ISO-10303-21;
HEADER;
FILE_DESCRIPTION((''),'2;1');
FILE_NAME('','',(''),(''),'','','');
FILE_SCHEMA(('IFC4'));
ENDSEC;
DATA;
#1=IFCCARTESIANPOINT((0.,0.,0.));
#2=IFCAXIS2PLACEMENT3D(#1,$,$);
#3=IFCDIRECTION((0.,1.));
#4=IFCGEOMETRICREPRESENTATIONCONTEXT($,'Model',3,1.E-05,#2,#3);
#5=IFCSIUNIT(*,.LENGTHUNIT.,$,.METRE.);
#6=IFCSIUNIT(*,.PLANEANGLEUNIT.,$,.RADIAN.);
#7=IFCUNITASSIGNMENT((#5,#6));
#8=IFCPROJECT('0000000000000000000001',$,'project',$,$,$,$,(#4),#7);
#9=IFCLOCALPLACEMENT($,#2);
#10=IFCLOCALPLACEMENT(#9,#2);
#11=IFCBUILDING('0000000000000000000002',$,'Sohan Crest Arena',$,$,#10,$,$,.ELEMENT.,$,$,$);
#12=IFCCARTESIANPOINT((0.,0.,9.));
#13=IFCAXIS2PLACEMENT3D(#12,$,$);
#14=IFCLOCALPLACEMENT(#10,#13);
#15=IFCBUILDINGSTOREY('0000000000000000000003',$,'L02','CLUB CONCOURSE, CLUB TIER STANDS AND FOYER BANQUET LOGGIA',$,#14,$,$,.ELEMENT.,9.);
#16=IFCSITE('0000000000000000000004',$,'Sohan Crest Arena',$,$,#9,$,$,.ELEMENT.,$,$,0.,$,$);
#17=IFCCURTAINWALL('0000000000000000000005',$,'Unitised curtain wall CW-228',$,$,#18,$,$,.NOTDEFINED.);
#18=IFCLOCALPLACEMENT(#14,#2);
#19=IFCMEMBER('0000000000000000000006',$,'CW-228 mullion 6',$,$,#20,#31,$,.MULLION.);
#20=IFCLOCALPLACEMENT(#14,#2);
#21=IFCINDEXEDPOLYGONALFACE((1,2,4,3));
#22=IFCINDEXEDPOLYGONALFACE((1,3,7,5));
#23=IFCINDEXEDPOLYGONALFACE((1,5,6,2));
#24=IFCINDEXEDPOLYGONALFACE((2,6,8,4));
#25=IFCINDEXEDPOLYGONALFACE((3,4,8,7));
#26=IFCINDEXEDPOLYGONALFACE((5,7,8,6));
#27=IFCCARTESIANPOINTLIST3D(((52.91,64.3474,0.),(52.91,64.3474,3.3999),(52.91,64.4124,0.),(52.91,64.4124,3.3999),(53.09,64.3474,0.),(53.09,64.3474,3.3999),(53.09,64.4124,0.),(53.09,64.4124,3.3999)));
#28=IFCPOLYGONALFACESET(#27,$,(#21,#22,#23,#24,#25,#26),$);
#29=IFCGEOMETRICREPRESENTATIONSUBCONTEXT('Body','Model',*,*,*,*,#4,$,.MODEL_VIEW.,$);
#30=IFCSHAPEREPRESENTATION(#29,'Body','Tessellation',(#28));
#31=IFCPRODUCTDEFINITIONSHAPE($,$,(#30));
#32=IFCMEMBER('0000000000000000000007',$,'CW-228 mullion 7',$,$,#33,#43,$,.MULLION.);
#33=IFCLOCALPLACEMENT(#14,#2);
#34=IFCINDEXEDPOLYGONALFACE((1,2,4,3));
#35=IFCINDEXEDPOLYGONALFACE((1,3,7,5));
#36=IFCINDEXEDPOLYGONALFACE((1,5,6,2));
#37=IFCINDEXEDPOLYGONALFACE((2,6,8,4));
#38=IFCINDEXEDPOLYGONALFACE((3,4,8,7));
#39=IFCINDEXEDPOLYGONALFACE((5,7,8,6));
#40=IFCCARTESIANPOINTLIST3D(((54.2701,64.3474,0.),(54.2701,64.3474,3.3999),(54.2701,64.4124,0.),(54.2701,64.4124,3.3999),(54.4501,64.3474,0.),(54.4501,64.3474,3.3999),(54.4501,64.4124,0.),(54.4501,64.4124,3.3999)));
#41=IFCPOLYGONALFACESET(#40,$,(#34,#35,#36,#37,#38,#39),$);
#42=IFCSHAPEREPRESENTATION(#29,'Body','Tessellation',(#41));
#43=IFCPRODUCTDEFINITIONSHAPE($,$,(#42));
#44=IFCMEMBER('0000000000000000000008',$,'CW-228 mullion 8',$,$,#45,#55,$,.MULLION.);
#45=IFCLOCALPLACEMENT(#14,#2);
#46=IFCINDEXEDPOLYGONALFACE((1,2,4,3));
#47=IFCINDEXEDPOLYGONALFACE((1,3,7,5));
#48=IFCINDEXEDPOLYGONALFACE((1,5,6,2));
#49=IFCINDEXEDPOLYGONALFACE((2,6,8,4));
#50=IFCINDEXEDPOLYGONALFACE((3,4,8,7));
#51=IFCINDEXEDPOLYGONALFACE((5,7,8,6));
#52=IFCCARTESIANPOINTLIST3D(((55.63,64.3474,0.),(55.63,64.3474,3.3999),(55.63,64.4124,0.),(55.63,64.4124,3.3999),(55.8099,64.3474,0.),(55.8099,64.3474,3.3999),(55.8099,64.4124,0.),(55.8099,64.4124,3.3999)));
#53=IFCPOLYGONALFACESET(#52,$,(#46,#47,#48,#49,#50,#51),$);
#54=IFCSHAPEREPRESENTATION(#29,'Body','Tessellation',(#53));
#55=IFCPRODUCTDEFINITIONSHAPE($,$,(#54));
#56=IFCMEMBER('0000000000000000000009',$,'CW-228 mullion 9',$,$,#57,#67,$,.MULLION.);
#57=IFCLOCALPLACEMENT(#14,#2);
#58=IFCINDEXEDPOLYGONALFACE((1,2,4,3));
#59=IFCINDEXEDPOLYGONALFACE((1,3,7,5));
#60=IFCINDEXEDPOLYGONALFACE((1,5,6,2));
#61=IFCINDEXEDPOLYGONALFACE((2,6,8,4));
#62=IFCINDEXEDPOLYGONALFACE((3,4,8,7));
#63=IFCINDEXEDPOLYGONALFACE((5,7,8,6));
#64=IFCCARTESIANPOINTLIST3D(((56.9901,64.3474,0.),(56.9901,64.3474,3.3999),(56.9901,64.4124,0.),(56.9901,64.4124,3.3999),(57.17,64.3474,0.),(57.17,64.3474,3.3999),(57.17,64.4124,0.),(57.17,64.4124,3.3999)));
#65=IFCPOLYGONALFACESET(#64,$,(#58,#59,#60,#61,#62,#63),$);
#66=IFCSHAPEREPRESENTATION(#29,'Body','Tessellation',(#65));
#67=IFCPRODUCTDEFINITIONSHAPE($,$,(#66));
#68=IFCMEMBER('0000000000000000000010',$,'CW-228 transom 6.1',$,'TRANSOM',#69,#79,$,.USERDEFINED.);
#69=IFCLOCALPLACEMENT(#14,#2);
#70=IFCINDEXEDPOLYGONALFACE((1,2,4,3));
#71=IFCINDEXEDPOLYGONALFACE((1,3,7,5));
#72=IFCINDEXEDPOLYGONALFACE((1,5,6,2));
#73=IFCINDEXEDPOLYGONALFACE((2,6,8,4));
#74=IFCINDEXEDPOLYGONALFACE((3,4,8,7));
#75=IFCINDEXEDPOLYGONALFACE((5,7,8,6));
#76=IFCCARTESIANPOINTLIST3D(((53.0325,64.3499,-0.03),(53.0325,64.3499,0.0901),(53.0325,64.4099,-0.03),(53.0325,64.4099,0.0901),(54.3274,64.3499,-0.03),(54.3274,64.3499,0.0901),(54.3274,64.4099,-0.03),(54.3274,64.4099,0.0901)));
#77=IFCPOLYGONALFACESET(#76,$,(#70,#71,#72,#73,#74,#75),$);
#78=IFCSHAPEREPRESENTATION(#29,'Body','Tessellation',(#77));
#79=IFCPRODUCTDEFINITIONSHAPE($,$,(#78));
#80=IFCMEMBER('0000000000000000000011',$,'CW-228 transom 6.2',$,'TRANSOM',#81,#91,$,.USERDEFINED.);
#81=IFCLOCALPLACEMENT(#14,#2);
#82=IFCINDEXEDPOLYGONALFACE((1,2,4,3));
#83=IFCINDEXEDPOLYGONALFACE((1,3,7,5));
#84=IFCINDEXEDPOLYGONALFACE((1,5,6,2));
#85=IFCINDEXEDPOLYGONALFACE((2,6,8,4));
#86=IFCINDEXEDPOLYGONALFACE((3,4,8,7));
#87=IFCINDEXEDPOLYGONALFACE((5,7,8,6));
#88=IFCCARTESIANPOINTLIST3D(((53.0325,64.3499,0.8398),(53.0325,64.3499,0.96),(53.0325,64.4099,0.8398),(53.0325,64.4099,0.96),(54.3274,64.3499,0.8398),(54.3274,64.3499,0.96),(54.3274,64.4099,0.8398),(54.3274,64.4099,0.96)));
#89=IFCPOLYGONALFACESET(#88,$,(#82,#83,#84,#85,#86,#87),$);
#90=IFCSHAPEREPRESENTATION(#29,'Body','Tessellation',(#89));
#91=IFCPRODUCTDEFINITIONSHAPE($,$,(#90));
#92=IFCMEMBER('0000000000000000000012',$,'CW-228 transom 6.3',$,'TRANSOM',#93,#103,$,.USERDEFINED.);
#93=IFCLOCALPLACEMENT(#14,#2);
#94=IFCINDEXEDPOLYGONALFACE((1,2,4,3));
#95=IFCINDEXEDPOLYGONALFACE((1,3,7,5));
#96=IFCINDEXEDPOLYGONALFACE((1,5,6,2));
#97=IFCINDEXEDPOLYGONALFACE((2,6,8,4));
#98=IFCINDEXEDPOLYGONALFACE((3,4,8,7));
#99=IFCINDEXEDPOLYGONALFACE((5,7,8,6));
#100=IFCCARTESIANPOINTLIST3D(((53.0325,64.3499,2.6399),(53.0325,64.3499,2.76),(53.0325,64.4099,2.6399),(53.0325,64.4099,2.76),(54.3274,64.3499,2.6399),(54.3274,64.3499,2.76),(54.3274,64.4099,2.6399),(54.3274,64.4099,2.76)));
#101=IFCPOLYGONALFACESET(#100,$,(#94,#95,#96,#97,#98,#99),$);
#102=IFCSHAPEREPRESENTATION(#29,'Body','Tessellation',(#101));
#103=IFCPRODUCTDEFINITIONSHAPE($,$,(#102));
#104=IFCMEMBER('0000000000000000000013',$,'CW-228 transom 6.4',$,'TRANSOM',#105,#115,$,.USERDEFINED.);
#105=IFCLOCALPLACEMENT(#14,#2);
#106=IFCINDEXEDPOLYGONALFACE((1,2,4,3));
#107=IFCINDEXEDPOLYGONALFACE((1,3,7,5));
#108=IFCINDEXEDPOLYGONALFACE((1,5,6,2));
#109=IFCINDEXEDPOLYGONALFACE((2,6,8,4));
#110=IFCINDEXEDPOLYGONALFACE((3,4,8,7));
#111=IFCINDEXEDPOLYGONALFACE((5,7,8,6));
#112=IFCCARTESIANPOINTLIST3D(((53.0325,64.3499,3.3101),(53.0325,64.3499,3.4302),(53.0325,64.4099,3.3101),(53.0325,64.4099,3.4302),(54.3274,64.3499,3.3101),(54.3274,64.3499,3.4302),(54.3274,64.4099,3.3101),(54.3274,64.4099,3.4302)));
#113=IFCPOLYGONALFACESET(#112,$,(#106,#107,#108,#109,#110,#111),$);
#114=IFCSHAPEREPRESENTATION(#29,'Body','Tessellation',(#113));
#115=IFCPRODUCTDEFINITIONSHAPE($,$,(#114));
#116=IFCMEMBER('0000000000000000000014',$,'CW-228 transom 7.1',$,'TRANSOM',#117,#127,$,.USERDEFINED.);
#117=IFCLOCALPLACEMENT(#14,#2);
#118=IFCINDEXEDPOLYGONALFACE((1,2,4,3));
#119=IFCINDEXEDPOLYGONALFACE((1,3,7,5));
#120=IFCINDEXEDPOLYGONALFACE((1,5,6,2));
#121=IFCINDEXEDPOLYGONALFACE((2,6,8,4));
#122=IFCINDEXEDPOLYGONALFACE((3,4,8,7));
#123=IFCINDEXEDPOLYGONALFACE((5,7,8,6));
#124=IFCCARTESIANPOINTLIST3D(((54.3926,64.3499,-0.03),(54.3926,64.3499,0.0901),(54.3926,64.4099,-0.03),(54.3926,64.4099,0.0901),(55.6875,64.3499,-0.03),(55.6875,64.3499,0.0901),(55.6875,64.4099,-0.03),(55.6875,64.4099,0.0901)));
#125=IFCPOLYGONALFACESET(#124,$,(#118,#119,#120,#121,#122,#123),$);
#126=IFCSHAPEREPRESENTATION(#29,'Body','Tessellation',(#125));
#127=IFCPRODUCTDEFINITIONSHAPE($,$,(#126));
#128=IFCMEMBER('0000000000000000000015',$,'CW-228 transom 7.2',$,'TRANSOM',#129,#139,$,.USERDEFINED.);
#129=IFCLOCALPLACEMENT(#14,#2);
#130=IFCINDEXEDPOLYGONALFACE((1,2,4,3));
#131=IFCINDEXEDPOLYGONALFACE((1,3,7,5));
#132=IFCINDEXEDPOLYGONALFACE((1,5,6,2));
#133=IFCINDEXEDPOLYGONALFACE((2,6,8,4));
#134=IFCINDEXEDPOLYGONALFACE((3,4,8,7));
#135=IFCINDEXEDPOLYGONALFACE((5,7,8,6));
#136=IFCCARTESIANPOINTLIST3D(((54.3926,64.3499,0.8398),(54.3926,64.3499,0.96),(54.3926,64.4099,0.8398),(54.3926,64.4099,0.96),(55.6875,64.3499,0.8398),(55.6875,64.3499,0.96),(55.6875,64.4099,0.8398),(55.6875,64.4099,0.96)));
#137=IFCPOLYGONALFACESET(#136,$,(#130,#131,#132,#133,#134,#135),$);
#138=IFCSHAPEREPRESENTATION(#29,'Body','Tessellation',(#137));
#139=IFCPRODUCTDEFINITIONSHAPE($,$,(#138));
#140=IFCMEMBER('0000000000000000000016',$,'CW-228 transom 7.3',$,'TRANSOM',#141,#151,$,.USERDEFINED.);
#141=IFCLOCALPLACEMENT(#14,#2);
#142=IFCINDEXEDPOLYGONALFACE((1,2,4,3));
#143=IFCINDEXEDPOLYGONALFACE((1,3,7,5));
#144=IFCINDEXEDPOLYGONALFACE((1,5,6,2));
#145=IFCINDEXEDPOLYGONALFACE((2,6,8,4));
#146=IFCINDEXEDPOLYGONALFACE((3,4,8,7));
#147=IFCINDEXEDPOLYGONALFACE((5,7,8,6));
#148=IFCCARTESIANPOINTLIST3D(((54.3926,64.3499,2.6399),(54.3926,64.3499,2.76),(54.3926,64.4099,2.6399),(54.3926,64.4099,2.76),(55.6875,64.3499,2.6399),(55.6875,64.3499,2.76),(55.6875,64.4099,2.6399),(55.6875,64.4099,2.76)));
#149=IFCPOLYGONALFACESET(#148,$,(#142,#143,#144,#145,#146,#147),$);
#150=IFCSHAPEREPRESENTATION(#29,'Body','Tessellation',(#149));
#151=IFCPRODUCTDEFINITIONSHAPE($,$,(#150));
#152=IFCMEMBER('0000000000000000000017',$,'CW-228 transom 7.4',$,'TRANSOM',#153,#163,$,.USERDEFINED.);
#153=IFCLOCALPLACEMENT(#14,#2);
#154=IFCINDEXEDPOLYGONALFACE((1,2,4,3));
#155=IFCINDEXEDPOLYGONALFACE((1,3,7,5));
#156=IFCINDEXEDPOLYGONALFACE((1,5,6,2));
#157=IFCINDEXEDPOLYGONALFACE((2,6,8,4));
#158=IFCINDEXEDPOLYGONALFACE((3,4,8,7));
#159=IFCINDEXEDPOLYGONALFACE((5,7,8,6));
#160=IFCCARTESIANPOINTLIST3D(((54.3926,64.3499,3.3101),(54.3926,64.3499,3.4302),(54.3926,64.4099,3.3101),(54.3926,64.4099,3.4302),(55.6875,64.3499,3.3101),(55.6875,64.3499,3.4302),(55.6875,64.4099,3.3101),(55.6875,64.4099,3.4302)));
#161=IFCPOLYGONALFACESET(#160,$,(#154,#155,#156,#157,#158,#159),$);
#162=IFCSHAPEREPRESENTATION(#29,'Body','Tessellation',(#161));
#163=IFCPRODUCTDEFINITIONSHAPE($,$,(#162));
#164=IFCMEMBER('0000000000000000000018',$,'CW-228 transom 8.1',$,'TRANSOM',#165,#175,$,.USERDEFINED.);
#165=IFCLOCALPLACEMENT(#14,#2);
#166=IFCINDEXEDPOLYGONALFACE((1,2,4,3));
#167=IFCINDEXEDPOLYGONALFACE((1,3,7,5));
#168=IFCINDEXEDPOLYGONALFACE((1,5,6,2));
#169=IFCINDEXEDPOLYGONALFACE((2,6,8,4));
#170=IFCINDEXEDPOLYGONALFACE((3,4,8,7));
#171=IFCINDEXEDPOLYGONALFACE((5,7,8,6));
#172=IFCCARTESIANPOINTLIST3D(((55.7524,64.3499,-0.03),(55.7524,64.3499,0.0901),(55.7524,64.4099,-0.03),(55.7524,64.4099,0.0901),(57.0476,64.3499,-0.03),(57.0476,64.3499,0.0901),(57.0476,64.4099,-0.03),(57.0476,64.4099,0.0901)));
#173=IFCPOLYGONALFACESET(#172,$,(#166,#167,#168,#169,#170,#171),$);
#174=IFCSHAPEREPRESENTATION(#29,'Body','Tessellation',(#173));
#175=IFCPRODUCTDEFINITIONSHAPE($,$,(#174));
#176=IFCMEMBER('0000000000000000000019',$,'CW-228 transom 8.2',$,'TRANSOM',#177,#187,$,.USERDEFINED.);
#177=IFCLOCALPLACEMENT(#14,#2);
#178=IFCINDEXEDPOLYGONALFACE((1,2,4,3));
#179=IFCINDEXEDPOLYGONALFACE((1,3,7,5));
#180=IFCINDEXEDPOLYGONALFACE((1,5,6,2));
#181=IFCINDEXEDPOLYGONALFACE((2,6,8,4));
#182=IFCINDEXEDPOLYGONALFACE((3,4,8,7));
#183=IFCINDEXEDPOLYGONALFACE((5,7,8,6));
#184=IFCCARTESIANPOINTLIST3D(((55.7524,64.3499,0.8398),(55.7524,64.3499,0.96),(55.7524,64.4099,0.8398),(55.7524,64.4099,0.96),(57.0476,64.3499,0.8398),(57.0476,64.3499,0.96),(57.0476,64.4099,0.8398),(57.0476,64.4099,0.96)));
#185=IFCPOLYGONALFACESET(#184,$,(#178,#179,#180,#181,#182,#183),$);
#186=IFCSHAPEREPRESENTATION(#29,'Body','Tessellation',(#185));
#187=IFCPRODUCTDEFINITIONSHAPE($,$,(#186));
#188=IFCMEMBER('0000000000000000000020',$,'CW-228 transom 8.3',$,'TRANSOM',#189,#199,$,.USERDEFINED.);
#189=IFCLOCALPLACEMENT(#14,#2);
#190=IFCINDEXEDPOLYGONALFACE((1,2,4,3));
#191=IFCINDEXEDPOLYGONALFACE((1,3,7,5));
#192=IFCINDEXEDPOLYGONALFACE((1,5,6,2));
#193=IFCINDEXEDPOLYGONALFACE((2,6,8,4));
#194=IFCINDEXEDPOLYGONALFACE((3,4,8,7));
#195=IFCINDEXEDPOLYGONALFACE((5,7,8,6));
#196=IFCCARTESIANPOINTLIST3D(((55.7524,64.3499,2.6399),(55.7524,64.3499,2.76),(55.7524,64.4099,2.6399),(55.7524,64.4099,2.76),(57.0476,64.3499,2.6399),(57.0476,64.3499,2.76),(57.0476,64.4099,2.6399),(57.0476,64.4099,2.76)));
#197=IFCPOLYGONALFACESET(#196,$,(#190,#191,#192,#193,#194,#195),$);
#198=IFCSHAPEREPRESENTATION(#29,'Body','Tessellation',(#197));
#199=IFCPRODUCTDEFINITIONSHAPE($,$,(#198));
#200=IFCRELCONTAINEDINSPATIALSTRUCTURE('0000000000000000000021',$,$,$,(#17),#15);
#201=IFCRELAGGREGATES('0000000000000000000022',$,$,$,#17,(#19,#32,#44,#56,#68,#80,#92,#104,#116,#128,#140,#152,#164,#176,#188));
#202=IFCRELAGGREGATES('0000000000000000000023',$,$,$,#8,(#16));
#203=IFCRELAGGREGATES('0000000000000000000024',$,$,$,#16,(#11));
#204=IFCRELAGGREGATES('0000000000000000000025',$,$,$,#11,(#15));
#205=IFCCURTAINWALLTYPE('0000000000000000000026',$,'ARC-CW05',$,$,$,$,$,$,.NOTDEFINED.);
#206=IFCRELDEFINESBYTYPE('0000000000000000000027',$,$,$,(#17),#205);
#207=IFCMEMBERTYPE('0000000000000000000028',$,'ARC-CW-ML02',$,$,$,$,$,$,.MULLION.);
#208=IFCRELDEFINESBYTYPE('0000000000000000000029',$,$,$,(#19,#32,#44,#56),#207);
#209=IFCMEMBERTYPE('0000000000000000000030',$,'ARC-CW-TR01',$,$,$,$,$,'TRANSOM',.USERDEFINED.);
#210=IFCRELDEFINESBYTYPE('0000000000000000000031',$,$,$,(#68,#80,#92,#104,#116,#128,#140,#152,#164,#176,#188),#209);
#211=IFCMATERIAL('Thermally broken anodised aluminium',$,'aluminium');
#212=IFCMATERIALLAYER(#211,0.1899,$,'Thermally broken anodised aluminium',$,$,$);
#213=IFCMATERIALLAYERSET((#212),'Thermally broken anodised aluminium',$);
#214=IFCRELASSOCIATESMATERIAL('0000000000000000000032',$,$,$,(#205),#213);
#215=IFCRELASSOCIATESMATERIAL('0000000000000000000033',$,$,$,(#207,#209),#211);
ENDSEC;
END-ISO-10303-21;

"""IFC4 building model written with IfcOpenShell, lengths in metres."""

from ifc_helpers import new_model, si_unit, direction, frame, origin, origin_2d, place, context, subcontext, project, spatial, rectangle, extrude, material, layer, layer_set, material_profile, profile_set, type_object, element, aggregate, save


model = new_model("IFC4")

# Units and contexts
model_context = context("Model", 3, precision=1e-05, world=origin(), true_north=direction((0.0, 1.0)))
body_context = subcontext(model_context, "Body", "Model", "MODEL_VIEW")
ifc_project = project(units=[si_unit("LENGTHUNIT", "METRE"), si_unit("PLANEANGLEUNIT", "RADIAN")], contexts=[model_context])

# Site, building, storey
site_placement = place(None, origin())
site = spatial("IfcSite", under=ifc_project, at=site_placement, Name="Sohan Crest Arena", CompositionType="ELEMENT", RefElevation=0.0)
building_placement = place(site_placement, origin())
building = spatial("IfcBuilding", under=site, at=building_placement, Name="Sohan Crest Arena", CompositionType="ELEMENT")
storey_placement = place(building_placement, frame((0.0, 0.0, 9.0)))
storey = spatial("IfcBuildingStorey", under=building, at=storey_placement, Name="L02", Description="CLUB CONCOURSE, CLUB TIER STANDS AND FOYER BANQUET LOGGIA", CompositionType="ELEMENT", Elevation=9.0)

# Curtain wall, members
ifc_material_1 = material(Name="Thermally broken anodised aluminium", Category="aluminium")
ifc_layer_1 = layer(ifc_material_1, 0.1899, Name="Thermally broken anodised aluminium")
ifc_layer_set_1 = layer_set([ifc_layer_1], Name="Thermally broken anodised aluminium")
curtain_wall_type = type_object("IfcCurtainWallType", Name="ARC-CW05", PredefinedType="NOTDEFINED", material=ifc_layer_set_1)
curtain_wall_placement = place(storey_placement, origin())
curtain_wall = element("IfcCurtainWall", 1, at=curtain_wall_placement, inside=storey, type_object=curtain_wall_type, Name="Unitised curtain wall CW-228", PredefinedType="NOTDEFINED")
ifc_material_profile_1 = material_profile(ifc_material_1, rectangle(XDim=0.0649, YDim=0.1799, at=origin_2d()), Name="ALU-MULL 65x180")
ifc_profile_set_1 = profile_set([ifc_material_profile_1], Name="Thermally broken anodised aluminium")
member_type_1 = type_object("IfcMemberType", Name="ARC-CW-ML02", PredefinedType="MULLION", material=ifc_profile_set_1)
member_1_placement = place(storey_placement, frame((53.0, 64.3799, 0.0), z_axis=(0.0, 0.0, 1.0), x_axis=(0.0, 1.0, 0.0)))
member_1 = element("IfcMember", 2, at=member_1_placement, type_object=member_type_1, Name="CW-228 mullion 6", PredefinedType="MULLION", context=body_context, shape_type="SweptSolid", body=[
    extrude(rectangle(XDim=0.0649, YDim=0.1799, at=origin_2d()), origin(), (0.0, 0.0, 1.0), 3.3999),
])
member_2_placement = place(storey_placement, frame((54.3601, 64.3799, 0.0), z_axis=(0.0, 0.0, 1.0), x_axis=(0.0, 1.0, 0.0)))
member_2 = element("IfcMember", 3, at=member_2_placement, type_object=member_type_1, Name="CW-228 mullion 7", PredefinedType="MULLION", context=body_context, shape_type="SweptSolid", body=[
    extrude(rectangle(XDim=0.0649, YDim=0.1799, at=origin_2d()), origin(), (0.0, 0.0, 1.0), 3.3999),
])
member_3_placement = place(storey_placement, frame((55.72, 64.3799, 0.0), z_axis=(0.0, 0.0, 1.0), x_axis=(0.0, 1.0, 0.0)))
member_3 = element("IfcMember", 4, at=member_3_placement, type_object=member_type_1, Name="CW-228 mullion 8", PredefinedType="MULLION", context=body_context, shape_type="SweptSolid", body=[
    extrude(rectangle(XDim=0.0649, YDim=0.1799, at=origin_2d()), origin(), (0.0, 0.0, 1.0), 3.3999),
])
member_4_placement = place(storey_placement, frame((57.0801, 64.3799, 0.0), z_axis=(0.0, 0.0, 1.0), x_axis=(0.0, 1.0, 0.0)))
member_4 = element("IfcMember", 5, at=member_4_placement, type_object=member_type_1, Name="CW-228 mullion 9", PredefinedType="MULLION", context=body_context, shape_type="SweptSolid", body=[
    extrude(rectangle(XDim=0.0649, YDim=0.1799, at=origin_2d()), origin(), (0.0, 0.0, 1.0), 3.3999),
])
ifc_material_profile_2 = material_profile(ifc_material_1, rectangle(XDim=0.0601, YDim=0.1201, at=origin_2d()), Name="ALU-TRAN 60x120")
ifc_profile_set_2 = profile_set([ifc_material_profile_2], Name="Thermally broken anodised aluminium")
member_type_2 = type_object("IfcMemberType", Name="ARC-CW-TR01", ElementType="TRANSOM", PredefinedType="USERDEFINED", material=ifc_profile_set_2)
member_5_placement = place(storey_placement, frame((53.0325, 64.3799, 0.03), z_axis=(1.0, 0.0, 0.0), x_axis=(0.0, 1.0, 0.0)))
member_5 = element("IfcMember", 6, at=member_5_placement, type_object=member_type_2, Name="CW-228 transom 6.1", ObjectType="TRANSOM", PredefinedType="USERDEFINED", context=body_context, shape_type="SweptSolid", body=[
    extrude(rectangle(XDim=0.0601, YDim=0.1201, at=origin_2d()), origin(), (0.0, 0.0, 1.0), 1.2949),
])
member_6_placement = place(storey_placement, frame((53.0325, 64.3799, 0.8999), z_axis=(1.0, 0.0, 0.0), x_axis=(0.0, 1.0, 0.0)))
member_6 = element("IfcMember", 7, at=member_6_placement, type_object=member_type_2, Name="CW-228 transom 6.2", ObjectType="TRANSOM", PredefinedType="USERDEFINED", context=body_context, shape_type="SweptSolid", body=[
    extrude(rectangle(XDim=0.0601, YDim=0.1201, at=origin_2d()), origin(), (0.0, 0.0, 1.0), 1.2949),
])
member_7_placement = place(storey_placement, frame((53.0325, 64.3799, 2.7), z_axis=(1.0, 0.0, 0.0), x_axis=(0.0, 1.0, 0.0)))
member_7 = element("IfcMember", 8, at=member_7_placement, type_object=member_type_2, Name="CW-228 transom 6.3", ObjectType="TRANSOM", PredefinedType="USERDEFINED", context=body_context, shape_type="SweptSolid", body=[
    extrude(rectangle(XDim=0.0601, YDim=0.1201, at=origin_2d()), origin(), (0.0, 0.0, 1.0), 1.2949),
])
member_8_placement = place(storey_placement, frame((53.0325, 64.3799, 3.3701), z_axis=(1.0, 0.0, 0.0), x_axis=(0.0, 1.0, 0.0)))
member_8 = element("IfcMember", 9, at=member_8_placement, type_object=member_type_2, Name="CW-228 transom 6.4", ObjectType="TRANSOM", PredefinedType="USERDEFINED", context=body_context, shape_type="SweptSolid", body=[
    extrude(rectangle(XDim=0.0601, YDim=0.1201, at=origin_2d()), origin(), (0.0, 0.0, 1.0), 1.2949),
])
member_9_placement = place(storey_placement, frame((54.3926, 64.3799, 0.03), z_axis=(1.0, 0.0, 0.0), x_axis=(0.0, 1.0, 0.0)))
member_9 = element("IfcMember", 10, at=member_9_placement, type_object=member_type_2, Name="CW-228 transom 7.1", ObjectType="TRANSOM", PredefinedType="USERDEFINED", context=body_context, shape_type="SweptSolid", body=[
    extrude(rectangle(XDim=0.0601, YDim=0.1201, at=origin_2d()), origin(), (0.0, 0.0, 1.0), 1.2949),
])
member_10_placement = place(storey_placement, frame((54.3926, 64.3799, 0.8999), z_axis=(1.0, 0.0, 0.0), x_axis=(0.0, 1.0, 0.0)))
member_10 = element("IfcMember", 11, at=member_10_placement, type_object=member_type_2, Name="CW-228 transom 7.2", ObjectType="TRANSOM", PredefinedType="USERDEFINED", context=body_context, shape_type="SweptSolid", body=[
    extrude(rectangle(XDim=0.0601, YDim=0.1201, at=origin_2d()), origin(), (0.0, 0.0, 1.0), 1.2949),
])
member_11_placement = place(storey_placement, frame((54.3926, 64.3799, 2.7), z_axis=(1.0, 0.0, 0.0), x_axis=(0.0, 1.0, 0.0)))
member_11 = element("IfcMember", 12, at=member_11_placement, type_object=member_type_2, Name="CW-228 transom 7.3", ObjectType="TRANSOM", PredefinedType="USERDEFINED", context=body_context, shape_type="SweptSolid", body=[
    extrude(rectangle(XDim=0.0601, YDim=0.1201, at=origin_2d()), origin(), (0.0, 0.0, 1.0), 1.2949),
])
member_12_placement = place(storey_placement, frame((54.3926, 64.3799, 3.3701), z_axis=(1.0, 0.0, 0.0), x_axis=(0.0, 1.0, 0.0)))
member_12 = element("IfcMember", 13, at=member_12_placement, type_object=member_type_2, Name="CW-228 transom 7.4", ObjectType="TRANSOM", PredefinedType="USERDEFINED", context=body_context, shape_type="SweptSolid", body=[
    extrude(rectangle(XDim=0.0601, YDim=0.1201, at=origin_2d()), origin(), (0.0, 0.0, 1.0), 1.2949),
])
member_13_placement = place(storey_placement, frame((55.7524, 64.3799, 0.03), z_axis=(1.0, 0.0, 0.0), x_axis=(0.0, 1.0, 0.0)))
member_13 = element("IfcMember", 14, at=member_13_placement, type_object=member_type_2, Name="CW-228 transom 8.1", ObjectType="TRANSOM", PredefinedType="USERDEFINED", context=body_context, shape_type="SweptSolid", body=[
    extrude(rectangle(XDim=0.0601, YDim=0.1201, at=origin_2d()), origin(), (0.0, 0.0, 1.0), 1.2952),
])
member_14_placement = place(storey_placement, frame((55.7524, 64.3799, 0.8999), z_axis=(1.0, 0.0, 0.0), x_axis=(0.0, 1.0, 0.0)))
member_14 = element("IfcMember", 15, at=member_14_placement, type_object=member_type_2, Name="CW-228 transom 8.2", ObjectType="TRANSOM", PredefinedType="USERDEFINED", context=body_context, shape_type="SweptSolid", body=[
    extrude(rectangle(XDim=0.0601, YDim=0.1201, at=origin_2d()), origin(), (0.0, 0.0, 1.0), 1.2952),
])
member_15_placement = place(storey_placement, frame((55.7524, 64.3799, 2.7), z_axis=(1.0, 0.0, 0.0), x_axis=(0.0, 1.0, 0.0)))
member_15 = element("IfcMember", 16, at=member_15_placement, type_object=member_type_2, Name="CW-228 transom 8.3", ObjectType="TRANSOM", PredefinedType="USERDEFINED", context=body_context, shape_type="SweptSolid", body=[
    extrude(rectangle(XDim=0.0601, YDim=0.1201, at=origin_2d()), origin(), (0.0, 0.0, 1.0), 1.2952),
])

aggregate(curtain_wall, [member_1, member_2, member_3, member_4, member_5, member_6, member_7, member_8, member_9, member_10, member_11, member_12, member_13, member_14, member_15])

save(model, "model.ifc")
